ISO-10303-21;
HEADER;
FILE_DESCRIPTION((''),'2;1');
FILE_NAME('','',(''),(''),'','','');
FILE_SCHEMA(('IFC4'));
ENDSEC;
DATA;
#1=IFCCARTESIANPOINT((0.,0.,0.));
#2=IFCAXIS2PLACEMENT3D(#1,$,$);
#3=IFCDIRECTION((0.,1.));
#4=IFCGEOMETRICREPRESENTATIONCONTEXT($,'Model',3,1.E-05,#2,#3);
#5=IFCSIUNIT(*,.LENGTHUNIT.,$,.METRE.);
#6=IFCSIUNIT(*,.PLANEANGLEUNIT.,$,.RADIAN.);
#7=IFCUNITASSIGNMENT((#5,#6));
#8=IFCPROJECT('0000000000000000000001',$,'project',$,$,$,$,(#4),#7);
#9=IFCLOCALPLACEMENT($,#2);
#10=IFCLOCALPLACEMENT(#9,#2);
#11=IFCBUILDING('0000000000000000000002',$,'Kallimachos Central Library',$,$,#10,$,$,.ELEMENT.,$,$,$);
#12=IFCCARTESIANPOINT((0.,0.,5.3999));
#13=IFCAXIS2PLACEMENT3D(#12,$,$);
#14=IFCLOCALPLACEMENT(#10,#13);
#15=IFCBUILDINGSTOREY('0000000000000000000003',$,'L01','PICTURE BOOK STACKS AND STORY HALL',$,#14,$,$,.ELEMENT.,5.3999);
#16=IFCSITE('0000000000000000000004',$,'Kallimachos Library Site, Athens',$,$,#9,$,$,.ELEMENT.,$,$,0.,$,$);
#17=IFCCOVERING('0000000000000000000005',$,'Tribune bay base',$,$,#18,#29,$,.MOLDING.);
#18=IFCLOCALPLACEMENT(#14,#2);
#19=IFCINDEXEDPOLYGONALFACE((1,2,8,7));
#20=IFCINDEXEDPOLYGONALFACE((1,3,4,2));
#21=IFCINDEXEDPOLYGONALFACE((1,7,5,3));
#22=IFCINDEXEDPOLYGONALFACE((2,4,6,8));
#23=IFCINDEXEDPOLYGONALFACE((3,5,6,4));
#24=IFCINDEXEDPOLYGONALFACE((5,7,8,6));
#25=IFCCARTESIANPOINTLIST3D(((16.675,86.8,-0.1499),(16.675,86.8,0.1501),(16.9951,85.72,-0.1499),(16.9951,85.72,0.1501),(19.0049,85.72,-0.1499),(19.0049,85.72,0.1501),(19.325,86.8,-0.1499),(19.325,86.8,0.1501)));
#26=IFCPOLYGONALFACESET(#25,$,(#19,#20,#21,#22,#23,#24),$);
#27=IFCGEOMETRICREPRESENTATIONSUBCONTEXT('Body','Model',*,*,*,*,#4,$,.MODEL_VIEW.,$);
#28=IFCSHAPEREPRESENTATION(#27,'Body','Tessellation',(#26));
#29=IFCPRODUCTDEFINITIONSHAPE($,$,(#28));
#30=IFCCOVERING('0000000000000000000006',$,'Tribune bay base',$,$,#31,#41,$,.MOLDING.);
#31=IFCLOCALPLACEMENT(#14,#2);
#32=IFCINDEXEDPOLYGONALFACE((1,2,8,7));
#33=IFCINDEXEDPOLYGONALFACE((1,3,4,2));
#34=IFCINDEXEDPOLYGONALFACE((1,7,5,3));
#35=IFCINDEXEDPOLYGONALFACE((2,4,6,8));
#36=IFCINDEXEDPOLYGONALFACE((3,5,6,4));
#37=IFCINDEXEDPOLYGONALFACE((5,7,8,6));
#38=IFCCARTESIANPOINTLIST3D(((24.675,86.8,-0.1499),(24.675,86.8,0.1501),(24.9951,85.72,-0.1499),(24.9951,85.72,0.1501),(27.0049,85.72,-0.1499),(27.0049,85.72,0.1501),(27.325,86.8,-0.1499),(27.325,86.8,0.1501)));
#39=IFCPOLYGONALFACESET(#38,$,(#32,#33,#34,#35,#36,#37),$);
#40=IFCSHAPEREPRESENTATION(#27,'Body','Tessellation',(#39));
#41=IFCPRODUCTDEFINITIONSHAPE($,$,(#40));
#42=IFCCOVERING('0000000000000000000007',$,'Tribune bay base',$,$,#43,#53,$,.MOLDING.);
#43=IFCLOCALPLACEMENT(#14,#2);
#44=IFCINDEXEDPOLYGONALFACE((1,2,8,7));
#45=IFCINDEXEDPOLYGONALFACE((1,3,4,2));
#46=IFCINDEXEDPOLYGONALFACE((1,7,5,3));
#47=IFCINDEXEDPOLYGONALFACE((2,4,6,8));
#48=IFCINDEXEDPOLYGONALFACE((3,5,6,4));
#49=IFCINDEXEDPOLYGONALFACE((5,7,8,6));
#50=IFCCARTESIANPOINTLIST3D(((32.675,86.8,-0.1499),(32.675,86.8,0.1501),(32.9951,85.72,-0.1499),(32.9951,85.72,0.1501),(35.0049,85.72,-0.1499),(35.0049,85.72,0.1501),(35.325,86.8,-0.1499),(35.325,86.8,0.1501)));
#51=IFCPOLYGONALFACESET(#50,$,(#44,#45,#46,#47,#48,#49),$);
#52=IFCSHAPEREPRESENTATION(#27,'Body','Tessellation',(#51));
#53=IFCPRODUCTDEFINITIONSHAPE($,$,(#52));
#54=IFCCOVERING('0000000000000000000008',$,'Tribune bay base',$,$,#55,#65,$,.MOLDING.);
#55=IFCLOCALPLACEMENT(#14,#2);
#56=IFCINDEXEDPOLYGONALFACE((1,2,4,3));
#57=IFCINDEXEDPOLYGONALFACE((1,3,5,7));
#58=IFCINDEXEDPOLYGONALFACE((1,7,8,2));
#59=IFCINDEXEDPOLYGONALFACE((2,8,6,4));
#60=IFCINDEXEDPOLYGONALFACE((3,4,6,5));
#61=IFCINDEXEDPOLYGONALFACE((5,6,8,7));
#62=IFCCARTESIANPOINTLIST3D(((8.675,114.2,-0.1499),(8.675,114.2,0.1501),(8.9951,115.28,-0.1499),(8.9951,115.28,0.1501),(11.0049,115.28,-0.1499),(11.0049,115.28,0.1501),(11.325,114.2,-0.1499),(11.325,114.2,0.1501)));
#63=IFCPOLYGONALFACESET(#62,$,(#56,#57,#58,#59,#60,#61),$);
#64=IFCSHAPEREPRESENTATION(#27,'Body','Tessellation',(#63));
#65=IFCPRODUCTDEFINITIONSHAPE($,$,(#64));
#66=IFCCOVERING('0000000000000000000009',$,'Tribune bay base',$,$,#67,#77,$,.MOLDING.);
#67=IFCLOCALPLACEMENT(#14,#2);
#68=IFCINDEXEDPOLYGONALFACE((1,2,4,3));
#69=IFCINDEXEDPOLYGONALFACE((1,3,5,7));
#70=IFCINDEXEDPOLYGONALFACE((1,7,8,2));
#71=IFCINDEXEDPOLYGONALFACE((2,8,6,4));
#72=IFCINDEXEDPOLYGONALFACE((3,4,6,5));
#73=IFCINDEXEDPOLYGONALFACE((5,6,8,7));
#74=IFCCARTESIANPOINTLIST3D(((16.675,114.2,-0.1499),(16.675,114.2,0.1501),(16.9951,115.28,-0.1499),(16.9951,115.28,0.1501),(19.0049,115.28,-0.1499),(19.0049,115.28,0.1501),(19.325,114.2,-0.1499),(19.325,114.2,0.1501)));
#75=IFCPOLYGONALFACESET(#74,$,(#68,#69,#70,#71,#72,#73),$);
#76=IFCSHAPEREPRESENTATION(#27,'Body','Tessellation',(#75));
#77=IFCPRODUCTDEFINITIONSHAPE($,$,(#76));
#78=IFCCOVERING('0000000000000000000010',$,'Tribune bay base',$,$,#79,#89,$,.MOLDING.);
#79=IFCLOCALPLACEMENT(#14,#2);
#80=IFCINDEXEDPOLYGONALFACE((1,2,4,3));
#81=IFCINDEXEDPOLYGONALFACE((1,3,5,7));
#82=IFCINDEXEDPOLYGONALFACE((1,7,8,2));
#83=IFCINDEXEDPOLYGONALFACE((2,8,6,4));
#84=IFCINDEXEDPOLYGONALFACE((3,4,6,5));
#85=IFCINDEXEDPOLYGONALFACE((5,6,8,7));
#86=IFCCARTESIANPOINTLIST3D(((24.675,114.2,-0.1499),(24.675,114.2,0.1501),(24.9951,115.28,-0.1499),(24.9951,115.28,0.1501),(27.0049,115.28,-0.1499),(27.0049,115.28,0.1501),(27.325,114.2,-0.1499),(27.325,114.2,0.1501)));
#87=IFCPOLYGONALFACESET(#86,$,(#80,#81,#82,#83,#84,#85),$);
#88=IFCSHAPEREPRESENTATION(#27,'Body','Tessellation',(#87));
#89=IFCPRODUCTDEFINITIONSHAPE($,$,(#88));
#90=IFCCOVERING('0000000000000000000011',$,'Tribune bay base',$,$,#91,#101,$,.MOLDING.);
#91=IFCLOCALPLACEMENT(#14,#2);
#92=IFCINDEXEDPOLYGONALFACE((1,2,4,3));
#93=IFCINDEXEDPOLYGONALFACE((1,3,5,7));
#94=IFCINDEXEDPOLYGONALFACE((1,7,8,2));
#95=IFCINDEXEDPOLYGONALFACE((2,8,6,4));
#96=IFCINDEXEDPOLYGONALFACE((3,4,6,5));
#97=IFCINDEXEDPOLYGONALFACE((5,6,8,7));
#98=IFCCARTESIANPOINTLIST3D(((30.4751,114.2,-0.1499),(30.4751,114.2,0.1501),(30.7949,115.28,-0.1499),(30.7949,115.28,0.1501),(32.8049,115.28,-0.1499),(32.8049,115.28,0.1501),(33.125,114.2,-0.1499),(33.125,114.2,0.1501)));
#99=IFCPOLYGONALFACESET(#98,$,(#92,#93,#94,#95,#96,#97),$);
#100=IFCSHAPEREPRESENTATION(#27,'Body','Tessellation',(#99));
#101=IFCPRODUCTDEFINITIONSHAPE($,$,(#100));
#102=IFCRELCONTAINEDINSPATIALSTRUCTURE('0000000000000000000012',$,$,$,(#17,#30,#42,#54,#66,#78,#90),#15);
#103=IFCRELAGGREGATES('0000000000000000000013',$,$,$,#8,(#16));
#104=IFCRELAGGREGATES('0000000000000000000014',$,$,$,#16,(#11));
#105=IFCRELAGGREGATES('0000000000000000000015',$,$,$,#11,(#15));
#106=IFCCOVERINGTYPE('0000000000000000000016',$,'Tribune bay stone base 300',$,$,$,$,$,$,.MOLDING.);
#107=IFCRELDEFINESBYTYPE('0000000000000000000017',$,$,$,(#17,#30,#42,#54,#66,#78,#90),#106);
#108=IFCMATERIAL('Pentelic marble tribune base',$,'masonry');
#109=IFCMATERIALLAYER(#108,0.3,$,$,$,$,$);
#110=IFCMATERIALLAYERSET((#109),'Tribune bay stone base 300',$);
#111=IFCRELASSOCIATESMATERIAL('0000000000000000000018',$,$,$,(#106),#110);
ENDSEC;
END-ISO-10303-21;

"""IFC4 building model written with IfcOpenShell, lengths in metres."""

from ifc_helpers import new_model, si_unit, direction, frame, origin, place, context, subcontext, project, spatial, polyline, outline, extrude, material, layer, layer_set, type_object, element, save


model = new_model("IFC4")

# Units and contexts
model_context = context("Model", 3, precision=1e-05, world=origin(), true_north=direction((0.0, 1.0)))
body_context = subcontext(model_context, "Body", "Model", "MODEL_VIEW")
ifc_project = project(units=[si_unit("LENGTHUNIT", "METRE"), si_unit("PLANEANGLEUNIT", "RADIAN")], contexts=[model_context])

# Site, building, storey
site_placement = place(None, origin())
site = spatial("IfcSite", under=ifc_project, at=site_placement, Name="Kallimachos Library Site, Athens", CompositionType="ELEMENT", RefElevation=0.0)
building_placement = place(site_placement, origin())
building = spatial("IfcBuilding", under=site, at=building_placement, Name="Kallimachos Central Library", CompositionType="ELEMENT")
storey_placement = place(building_placement, frame((0.0, 0.0, 5.3999)))
storey = spatial("IfcBuildingStorey", under=building, at=storey_placement, Name="L01", Description="PICTURE BOOK STACKS AND STORY HALL", CompositionType="ELEMENT", Elevation=5.3999)

# Coverings
ifc_material_1 = material(Name="Pentelic marble tribune base", Category="masonry")
ifc_layer_1 = layer(ifc_material_1, 0.3)
ifc_layer_set_1 = layer_set([ifc_layer_1], Name="Tribune bay stone base 300")
covering_type = type_object("IfcCoveringType", Name="Tribune bay stone base 300", PredefinedType="MOLDING", material=ifc_layer_set_1)
covering_1_placement = place(storey_placement, frame((0.0, 0.0, -0.1499)))
element("IfcCovering", 1, at=covering_1_placement, inside=storey, type_object=covering_type, Name="Tribune bay base", PredefinedType="MOLDING", context=body_context, shape_type="SweptSolid", body=[
    extrude(outline(polyline([(16.675, 86.8), (19.325, 86.8), (19.0049, 85.72), (16.9951, 85.72), (16.675, 86.8)])), origin(), (0.0, 0.0, 1.0), 0.3),
])
covering_2_placement = place(storey_placement, frame((0.0, 0.0, -0.1499)))
element("IfcCovering", 2, at=covering_2_placement, inside=storey, type_object=covering_type, Name="Tribune bay base", PredefinedType="MOLDING", context=body_context, shape_type="SweptSolid", body=[
    extrude(outline(polyline([(24.675, 86.8), (27.325, 86.8), (27.0049, 85.72), (24.9951, 85.72), (24.675, 86.8)])), origin(), (0.0, 0.0, 1.0), 0.3),
])
covering_3_placement = place(storey_placement, frame((0.0, 0.0, -0.1499)))
element("IfcCovering", 3, at=covering_3_placement, inside=storey, type_object=covering_type, Name="Tribune bay base", PredefinedType="MOLDING", context=body_context, shape_type="SweptSolid", body=[
    extrude(outline(polyline([(32.675, 86.8), (35.325, 86.8), (35.0049, 85.72), (32.9951, 85.72), (32.675, 86.8)])), origin(), (0.0, 0.0, 1.0), 0.3),
])
covering_4_placement = place(storey_placement, frame((0.0, 0.0, -0.1499)))
element("IfcCovering", 4, at=covering_4_placement, inside=storey, type_object=covering_type, Name="Tribune bay base", PredefinedType="MOLDING", context=body_context, shape_type="SweptSolid", body=[
    extrude(outline(polyline([(8.675, 114.2), (11.325, 114.2), (11.0049, 115.28), (8.9951, 115.28), (8.675, 114.2)])), origin(), (0.0, 0.0, 1.0), 0.3),
])
covering_5_placement = place(storey_placement, frame((0.0, 0.0, -0.1499)))
element("IfcCovering", 5, at=covering_5_placement, inside=storey, type_object=covering_type, Name="Tribune bay base", PredefinedType="MOLDING", context=body_context, shape_type="SweptSolid", body=[
    extrude(outline(polyline([(16.675, 114.2), (19.325, 114.2), (19.0049, 115.28), (16.9951, 115.28), (16.675, 114.2)])), origin(), (0.0, 0.0, 1.0), 0.3),
])
covering_6_placement = place(storey_placement, frame((0.0, 0.0, -0.1499)))
element("IfcCovering", 6, at=covering_6_placement, inside=storey, type_object=covering_type, Name="Tribune bay base", PredefinedType="MOLDING", context=body_context, shape_type="SweptSolid", body=[
    extrude(outline(polyline([(24.675, 114.2), (27.325, 114.2), (27.0049, 115.28), (24.9951, 115.28), (24.675, 114.2)])), origin(), (0.0, 0.0, 1.0), 0.3),
])
covering_7_placement = place(storey_placement, frame((0.0, 0.0, -0.1499)))
element("IfcCovering", 7, at=covering_7_placement, inside=storey, type_object=covering_type, Name="Tribune bay base", PredefinedType="MOLDING", context=body_context, shape_type="SweptSolid", body=[
    extrude(outline(polyline([(30.4751, 114.2), (33.125, 114.2), (32.8049, 115.28), (30.7949, 115.28), (30.4751, 114.2)])), origin(), (0.0, 0.0, 1.0), 0.3),
])

save(model, "model.ifc")
